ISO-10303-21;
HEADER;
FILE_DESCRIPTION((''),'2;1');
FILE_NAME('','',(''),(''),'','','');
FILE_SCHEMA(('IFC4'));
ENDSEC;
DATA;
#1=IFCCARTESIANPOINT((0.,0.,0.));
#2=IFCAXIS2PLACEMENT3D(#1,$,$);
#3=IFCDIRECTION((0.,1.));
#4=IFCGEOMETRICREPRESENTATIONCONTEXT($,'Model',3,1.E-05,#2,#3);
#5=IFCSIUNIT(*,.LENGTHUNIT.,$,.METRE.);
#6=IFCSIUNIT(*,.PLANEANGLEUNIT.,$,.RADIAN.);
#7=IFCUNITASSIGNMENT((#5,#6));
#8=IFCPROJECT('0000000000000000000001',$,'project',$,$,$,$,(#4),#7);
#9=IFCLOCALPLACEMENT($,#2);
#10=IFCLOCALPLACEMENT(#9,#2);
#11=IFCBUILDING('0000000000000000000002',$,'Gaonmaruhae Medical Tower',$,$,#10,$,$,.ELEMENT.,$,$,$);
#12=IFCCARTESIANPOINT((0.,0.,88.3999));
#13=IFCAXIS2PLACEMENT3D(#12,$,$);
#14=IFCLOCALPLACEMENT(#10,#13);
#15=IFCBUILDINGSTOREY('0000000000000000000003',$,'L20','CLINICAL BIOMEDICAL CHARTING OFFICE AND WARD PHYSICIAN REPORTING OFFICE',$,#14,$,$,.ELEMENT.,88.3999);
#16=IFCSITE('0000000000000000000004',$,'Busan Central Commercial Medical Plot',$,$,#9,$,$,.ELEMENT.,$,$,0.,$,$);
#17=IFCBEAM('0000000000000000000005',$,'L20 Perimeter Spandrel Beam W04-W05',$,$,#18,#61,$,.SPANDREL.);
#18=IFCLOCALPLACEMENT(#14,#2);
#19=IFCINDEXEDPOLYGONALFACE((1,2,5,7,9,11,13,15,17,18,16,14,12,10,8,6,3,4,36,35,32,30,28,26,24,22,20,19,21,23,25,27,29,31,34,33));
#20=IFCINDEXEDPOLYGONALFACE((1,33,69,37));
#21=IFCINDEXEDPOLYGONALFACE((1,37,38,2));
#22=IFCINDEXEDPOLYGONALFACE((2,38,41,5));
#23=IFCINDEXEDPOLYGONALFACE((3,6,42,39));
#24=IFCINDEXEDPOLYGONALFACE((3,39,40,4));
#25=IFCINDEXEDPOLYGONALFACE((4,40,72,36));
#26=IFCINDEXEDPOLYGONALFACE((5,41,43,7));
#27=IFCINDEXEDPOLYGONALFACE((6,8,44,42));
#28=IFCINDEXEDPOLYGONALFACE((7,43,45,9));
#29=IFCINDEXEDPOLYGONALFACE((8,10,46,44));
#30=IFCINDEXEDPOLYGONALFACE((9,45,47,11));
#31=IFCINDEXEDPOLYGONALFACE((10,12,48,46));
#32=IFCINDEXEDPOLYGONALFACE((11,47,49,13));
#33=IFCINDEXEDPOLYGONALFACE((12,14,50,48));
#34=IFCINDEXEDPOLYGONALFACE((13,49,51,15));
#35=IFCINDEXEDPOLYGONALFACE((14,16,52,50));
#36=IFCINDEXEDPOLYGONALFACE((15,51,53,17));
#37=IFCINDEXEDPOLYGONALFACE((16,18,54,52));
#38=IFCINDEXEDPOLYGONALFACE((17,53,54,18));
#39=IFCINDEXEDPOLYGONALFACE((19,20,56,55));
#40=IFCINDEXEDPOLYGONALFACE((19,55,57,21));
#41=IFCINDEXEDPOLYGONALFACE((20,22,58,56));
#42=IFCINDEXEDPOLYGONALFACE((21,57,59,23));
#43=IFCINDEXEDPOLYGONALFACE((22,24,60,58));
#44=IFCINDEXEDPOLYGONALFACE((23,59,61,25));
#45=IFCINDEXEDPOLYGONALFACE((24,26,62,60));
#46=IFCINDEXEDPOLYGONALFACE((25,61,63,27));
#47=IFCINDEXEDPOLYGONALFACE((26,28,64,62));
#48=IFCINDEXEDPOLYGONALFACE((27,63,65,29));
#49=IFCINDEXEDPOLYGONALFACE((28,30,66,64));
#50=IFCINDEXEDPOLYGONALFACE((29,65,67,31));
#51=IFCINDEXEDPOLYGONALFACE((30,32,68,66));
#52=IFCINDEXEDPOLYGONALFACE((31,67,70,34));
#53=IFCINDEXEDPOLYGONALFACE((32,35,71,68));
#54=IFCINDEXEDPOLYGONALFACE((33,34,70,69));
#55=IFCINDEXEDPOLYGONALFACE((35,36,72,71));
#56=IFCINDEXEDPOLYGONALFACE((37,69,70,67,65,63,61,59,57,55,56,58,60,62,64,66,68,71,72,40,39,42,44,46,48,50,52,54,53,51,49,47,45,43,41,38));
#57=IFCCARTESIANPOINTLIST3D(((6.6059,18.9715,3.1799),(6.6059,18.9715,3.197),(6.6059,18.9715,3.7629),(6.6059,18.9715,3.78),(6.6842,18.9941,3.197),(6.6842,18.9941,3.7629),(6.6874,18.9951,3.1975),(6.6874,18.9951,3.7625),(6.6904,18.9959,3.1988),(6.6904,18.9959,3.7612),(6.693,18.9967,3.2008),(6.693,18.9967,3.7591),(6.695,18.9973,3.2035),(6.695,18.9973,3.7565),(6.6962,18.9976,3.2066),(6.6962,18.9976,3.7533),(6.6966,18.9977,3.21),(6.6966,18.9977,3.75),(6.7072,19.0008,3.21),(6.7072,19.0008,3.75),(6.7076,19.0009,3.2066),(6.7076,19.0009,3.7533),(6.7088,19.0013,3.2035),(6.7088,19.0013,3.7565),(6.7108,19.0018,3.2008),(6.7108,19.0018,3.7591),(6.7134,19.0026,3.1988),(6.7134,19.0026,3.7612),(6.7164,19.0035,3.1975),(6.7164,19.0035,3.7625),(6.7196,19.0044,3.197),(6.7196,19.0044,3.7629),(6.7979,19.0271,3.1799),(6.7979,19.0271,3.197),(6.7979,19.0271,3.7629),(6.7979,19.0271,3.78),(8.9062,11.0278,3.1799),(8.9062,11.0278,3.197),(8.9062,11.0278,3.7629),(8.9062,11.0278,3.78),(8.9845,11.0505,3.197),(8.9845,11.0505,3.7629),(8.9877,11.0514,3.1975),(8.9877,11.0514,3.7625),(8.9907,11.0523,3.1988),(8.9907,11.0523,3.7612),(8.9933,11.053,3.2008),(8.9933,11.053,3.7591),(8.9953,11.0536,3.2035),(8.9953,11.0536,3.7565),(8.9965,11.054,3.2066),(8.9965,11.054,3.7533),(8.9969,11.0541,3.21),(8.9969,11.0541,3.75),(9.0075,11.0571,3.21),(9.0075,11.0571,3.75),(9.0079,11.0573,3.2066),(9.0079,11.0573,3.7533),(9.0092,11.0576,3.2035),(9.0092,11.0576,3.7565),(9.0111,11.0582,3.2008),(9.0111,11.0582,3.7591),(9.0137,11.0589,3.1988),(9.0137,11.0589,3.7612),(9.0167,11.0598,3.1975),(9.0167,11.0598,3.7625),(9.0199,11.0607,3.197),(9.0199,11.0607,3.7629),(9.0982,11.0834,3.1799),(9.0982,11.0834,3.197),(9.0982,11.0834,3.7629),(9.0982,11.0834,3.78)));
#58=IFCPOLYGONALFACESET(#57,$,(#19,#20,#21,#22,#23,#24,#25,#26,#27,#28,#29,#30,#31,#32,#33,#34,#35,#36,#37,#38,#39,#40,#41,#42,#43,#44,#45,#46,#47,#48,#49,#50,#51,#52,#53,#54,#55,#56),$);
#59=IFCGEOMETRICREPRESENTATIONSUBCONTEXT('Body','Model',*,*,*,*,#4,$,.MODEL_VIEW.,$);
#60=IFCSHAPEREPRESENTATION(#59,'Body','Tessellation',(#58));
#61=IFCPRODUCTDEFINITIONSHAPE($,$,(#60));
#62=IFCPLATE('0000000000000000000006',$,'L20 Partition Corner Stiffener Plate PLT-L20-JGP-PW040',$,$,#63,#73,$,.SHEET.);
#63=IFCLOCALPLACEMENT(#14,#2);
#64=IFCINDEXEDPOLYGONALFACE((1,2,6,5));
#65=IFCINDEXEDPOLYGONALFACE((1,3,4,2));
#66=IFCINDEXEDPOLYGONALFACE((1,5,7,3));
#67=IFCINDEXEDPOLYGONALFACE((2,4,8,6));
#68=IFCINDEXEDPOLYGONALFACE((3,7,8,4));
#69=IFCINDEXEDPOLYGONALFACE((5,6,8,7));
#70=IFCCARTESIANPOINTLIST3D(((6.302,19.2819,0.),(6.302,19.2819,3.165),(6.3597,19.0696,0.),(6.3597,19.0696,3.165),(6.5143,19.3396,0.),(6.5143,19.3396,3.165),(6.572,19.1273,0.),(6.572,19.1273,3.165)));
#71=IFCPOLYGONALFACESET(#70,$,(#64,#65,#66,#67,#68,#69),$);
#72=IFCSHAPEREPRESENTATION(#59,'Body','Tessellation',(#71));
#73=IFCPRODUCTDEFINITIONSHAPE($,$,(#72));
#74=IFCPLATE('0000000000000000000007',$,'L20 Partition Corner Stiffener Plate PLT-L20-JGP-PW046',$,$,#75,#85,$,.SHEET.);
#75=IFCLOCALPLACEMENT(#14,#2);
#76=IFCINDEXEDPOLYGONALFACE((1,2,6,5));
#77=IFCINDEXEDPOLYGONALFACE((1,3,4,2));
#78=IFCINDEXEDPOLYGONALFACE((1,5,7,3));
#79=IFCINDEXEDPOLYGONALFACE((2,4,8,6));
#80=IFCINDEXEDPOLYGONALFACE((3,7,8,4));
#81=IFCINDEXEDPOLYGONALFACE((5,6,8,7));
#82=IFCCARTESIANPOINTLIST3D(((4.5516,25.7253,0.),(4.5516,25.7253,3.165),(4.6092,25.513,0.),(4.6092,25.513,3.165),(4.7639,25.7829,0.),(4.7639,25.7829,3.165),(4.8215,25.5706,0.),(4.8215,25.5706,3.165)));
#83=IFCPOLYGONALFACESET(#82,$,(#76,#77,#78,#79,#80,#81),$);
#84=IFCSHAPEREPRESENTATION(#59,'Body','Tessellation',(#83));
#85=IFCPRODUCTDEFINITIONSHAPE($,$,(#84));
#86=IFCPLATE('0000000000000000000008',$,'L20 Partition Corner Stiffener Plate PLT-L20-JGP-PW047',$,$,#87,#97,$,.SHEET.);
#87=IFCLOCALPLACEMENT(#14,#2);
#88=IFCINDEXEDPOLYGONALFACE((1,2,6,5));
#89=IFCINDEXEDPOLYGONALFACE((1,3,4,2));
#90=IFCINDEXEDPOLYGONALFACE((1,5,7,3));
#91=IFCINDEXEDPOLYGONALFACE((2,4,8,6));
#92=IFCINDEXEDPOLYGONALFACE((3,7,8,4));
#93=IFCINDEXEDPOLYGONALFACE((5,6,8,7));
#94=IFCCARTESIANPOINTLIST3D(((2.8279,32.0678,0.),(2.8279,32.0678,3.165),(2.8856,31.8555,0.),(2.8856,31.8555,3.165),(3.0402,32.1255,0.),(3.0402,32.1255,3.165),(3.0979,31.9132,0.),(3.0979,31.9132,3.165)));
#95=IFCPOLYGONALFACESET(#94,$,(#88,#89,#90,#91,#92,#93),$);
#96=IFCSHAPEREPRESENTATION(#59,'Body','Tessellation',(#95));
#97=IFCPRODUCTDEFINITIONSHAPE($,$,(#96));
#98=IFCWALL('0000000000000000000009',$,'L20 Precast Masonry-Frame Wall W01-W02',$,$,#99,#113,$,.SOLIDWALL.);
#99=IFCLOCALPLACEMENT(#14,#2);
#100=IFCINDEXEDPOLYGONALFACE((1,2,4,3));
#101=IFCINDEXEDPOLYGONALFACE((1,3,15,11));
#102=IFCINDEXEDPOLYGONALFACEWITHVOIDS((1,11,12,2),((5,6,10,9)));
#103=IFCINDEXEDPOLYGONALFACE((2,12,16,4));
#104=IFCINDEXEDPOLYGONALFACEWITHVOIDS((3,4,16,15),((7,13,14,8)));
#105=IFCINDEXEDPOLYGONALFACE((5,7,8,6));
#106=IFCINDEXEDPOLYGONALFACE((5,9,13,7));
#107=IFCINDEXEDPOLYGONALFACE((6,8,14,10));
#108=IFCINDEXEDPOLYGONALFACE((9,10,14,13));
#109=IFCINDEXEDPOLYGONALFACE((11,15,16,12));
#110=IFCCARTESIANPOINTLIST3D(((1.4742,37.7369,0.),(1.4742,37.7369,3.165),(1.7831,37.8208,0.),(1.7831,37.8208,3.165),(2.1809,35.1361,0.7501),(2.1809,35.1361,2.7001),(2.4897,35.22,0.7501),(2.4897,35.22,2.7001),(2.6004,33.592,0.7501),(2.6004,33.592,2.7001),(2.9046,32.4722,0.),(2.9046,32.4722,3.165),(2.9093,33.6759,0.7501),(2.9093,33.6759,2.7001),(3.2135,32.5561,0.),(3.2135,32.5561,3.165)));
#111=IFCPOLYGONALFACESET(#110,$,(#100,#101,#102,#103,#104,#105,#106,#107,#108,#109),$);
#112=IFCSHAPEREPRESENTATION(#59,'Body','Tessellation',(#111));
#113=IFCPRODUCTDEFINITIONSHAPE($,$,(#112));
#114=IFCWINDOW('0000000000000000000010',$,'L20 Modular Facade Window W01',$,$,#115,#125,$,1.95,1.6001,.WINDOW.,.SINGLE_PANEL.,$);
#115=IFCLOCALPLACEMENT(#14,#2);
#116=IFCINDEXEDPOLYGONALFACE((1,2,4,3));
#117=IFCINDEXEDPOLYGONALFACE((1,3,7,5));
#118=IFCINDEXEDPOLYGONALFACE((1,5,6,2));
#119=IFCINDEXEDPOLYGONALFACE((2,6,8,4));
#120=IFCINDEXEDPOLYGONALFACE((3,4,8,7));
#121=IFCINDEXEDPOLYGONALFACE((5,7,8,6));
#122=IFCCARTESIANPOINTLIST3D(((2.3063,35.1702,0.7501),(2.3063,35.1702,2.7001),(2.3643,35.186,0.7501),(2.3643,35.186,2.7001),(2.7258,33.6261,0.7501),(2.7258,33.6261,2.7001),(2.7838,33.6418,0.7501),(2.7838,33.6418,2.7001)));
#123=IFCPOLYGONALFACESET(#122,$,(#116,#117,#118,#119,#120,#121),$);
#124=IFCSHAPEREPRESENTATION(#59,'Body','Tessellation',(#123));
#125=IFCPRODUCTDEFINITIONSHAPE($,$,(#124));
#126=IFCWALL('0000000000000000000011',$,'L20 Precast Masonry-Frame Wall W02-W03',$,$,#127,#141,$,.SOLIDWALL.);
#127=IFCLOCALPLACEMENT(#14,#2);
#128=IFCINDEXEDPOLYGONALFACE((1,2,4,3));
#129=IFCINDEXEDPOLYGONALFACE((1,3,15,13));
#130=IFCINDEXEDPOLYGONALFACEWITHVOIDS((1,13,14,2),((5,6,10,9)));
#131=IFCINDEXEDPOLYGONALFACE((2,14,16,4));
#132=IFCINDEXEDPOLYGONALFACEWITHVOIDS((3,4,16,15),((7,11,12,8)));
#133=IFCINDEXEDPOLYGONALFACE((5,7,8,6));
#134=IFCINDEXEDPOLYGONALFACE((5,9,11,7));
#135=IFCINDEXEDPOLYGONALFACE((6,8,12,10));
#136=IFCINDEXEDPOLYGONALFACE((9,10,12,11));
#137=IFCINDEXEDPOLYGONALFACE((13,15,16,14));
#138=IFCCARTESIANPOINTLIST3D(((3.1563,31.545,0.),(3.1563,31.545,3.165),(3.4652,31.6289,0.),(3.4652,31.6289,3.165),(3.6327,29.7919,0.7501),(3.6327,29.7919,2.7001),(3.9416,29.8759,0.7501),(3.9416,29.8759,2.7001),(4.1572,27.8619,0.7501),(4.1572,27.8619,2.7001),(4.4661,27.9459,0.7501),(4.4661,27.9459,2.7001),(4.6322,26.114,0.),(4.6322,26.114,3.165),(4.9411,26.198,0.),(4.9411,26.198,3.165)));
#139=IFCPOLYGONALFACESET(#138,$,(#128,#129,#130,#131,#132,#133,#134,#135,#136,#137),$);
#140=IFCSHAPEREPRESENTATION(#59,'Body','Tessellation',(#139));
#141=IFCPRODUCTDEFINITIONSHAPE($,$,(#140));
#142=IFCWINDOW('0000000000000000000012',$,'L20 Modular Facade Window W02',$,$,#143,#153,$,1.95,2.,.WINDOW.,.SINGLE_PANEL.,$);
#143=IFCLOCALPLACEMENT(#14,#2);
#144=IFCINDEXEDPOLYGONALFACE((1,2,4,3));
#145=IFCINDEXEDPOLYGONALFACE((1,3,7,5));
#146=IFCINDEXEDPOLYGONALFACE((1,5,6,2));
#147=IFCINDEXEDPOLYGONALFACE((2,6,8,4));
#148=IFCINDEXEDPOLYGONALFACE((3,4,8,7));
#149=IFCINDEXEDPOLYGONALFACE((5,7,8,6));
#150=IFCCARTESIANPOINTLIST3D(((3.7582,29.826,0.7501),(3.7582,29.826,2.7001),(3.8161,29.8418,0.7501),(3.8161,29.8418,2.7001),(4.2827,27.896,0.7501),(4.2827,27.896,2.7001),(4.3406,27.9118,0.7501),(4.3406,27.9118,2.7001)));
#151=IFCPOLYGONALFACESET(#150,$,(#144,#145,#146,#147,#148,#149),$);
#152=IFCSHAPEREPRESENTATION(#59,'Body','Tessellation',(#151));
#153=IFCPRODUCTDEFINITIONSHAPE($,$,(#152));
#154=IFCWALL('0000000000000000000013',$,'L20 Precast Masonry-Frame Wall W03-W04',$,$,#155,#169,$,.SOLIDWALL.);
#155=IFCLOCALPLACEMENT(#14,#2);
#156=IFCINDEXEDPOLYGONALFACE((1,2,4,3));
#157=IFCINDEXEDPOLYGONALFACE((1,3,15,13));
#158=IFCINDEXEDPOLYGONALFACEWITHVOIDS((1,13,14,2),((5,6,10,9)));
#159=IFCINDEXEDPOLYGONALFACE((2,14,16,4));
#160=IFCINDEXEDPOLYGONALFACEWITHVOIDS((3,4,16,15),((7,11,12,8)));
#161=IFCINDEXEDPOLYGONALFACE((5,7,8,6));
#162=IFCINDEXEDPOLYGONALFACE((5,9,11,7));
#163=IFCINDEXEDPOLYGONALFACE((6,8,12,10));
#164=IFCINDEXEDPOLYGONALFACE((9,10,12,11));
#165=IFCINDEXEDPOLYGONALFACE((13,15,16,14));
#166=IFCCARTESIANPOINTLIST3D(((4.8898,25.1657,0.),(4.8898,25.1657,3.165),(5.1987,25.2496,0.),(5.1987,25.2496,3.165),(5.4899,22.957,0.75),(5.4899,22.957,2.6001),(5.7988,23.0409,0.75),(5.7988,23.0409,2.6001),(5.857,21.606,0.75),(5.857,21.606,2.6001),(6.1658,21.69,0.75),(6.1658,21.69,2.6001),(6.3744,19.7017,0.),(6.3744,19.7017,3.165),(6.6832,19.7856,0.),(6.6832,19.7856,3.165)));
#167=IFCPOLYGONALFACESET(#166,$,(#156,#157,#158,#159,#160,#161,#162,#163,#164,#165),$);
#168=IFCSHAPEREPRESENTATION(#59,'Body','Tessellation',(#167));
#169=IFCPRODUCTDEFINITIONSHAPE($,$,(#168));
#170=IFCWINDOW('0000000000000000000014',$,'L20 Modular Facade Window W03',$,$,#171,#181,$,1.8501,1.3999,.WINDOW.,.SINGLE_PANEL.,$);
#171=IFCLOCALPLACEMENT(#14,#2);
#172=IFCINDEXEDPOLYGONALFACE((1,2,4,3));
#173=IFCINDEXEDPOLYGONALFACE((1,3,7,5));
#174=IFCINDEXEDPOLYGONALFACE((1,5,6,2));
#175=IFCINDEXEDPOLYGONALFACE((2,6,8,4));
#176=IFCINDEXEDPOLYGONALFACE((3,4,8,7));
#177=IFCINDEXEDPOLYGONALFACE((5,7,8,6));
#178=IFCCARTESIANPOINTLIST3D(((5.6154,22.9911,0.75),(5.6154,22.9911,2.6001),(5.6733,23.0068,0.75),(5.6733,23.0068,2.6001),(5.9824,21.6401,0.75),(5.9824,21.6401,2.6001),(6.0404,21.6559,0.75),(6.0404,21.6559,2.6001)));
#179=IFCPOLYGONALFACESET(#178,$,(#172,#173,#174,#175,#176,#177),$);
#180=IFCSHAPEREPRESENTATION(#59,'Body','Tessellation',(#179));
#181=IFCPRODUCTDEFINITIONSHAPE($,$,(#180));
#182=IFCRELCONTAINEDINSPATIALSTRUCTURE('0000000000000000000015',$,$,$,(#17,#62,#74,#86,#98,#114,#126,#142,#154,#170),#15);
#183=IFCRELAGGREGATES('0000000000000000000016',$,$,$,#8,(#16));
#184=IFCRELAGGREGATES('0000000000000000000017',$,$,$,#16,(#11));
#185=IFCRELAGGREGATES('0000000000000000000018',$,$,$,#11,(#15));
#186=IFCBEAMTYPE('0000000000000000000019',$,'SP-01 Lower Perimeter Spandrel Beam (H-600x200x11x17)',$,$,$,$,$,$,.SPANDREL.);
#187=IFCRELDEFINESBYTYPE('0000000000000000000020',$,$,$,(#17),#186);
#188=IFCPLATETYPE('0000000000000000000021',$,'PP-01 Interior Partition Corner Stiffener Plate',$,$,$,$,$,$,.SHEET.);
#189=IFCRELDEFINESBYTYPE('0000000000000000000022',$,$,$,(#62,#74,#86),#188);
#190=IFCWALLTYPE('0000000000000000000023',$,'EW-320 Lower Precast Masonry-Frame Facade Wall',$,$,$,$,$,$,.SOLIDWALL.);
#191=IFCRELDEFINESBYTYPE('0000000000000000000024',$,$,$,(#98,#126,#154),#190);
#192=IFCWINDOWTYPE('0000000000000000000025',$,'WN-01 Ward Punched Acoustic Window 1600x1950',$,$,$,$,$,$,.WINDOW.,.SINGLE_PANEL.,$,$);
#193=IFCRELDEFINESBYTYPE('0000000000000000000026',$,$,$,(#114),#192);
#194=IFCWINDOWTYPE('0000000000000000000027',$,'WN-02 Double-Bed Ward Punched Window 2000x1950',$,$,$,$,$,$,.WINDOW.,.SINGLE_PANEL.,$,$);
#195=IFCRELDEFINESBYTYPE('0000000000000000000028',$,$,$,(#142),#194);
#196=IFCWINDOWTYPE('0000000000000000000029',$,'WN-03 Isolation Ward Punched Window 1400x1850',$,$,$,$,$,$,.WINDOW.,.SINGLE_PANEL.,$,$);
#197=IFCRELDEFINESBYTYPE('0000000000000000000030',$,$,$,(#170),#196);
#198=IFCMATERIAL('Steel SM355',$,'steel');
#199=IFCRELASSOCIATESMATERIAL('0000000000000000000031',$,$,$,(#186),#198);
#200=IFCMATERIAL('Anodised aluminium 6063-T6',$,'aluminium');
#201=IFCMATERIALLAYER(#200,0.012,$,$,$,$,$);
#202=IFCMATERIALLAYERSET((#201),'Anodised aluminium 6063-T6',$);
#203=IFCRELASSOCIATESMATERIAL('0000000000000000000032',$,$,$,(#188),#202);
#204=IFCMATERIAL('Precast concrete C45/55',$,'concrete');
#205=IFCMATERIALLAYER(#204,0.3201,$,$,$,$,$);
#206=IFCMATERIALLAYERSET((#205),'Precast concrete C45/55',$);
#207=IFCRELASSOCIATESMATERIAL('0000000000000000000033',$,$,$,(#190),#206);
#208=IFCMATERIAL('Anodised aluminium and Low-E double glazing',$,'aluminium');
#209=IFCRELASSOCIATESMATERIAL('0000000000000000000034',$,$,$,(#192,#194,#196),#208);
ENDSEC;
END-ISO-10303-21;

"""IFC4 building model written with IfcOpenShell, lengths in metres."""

from ifc_helpers import new_model, si_unit, direction, frame, frame_2d, origin, origin_2d, place, context, subcontext, project, spatial, rectangle, i_section, extrude, material, layer, layer_set, material_profile, profile_set, type_object, element, fill, save


model = new_model("IFC4")

# Units and contexts
model_context = context("Model", 3, precision=1e-05, world=origin(), true_north=direction((0.0, 1.0)))
body_context = subcontext(model_context, "Body", "Model", "MODEL_VIEW")
ifc_project = project(units=[si_unit("LENGTHUNIT", "METRE"), si_unit("PLANEANGLEUNIT", "RADIAN")], contexts=[model_context])

# Site, building, storey
site_placement = place(None, origin())
site = spatial("IfcSite", under=ifc_project, at=site_placement, Name="Busan Central Commercial Medical Plot", CompositionType="ELEMENT", RefElevation=0.0)
building_placement = place(site_placement, origin())
building = spatial("IfcBuilding", under=site, at=building_placement, Name="Gaonmaruhae Medical Tower", CompositionType="ELEMENT")
storey_placement = place(building_placement, frame((0.0, 0.0, 88.3999)))
storey = spatial("IfcBuildingStorey", under=building, at=storey_placement, Name="L20", Description="CLINICAL BIOMEDICAL CHARTING OFFICE AND WARD PHYSICIAN REPORTING OFFICE", CompositionType="ELEMENT", Elevation=88.3999)

# Beam
ifc_material_1 = material(Name="Steel SM355", Category="steel")
ifc_material_profile_1 = material_profile(ifc_material_1, i_section(OverallWidth=0.2, OverallDepth=0.6001, WebThickness=0.011, FlangeThickness=0.0171, FilletRadius=0.0129, at=origin_2d()), Name="H-600x200x11x17")
ifc_profile_set_1 = profile_set([ifc_material_profile_1], Name="Steel SM355")
beam_type_1 = type_object("IfcBeamType", Name="SP-01 Lower Perimeter Spandrel Beam (H-600x200x11x17)", PredefinedType="SPANDREL", material=ifc_profile_set_1)
beam_1_placement = place(storey_placement, frame((6.7019, 18.9993, 3.48), z_axis=(0.278151, -0.960537, 0.0), x_axis=(0.960537, 0.278151, 0.0)))
element("IfcBeam", 1, at=beam_1_placement, inside=storey, type_object=beam_type_1, Name="L20 Perimeter Spandrel Beam W04-W05", PredefinedType="SPANDREL", context=body_context, shape_type="SweptSolid", body=[
    extrude(i_section(OverallWidth=0.2, OverallDepth=0.6001, WebThickness=0.011, FlangeThickness=0.0171, FilletRadius=0.0129, at=origin_2d()), origin(), (0.0, 0.0, 1.0), 8.27),
])

# Plates
ifc_material_2 = material(Name="Anodised aluminium 6063-T6", Category="aluminium")
ifc_layer_1 = layer(ifc_material_2, 0.012)
ifc_layer_set_1 = layer_set([ifc_layer_1], Name="Anodised aluminium 6063-T6")
plate_type = type_object("IfcPlateType", Name="PP-01 Interior Partition Corner Stiffener Plate", PredefinedType="SHEET", material=ifc_layer_set_1)
for number, where, z_axis, x_axis, name in (
    (2, (6.437, 19.2046, 0.0), (0.0, 0.0, 1.0), (-0.262172, 0.965021, 0.0), "L20 Partition Corner Stiffener Plate PLT-L20-JGP-PW040"),
    (3, (4.6865, 25.6479, 0.0), (0.0, 0.0, 1.0), (-0.261751, 0.965135, 0.0), "L20 Partition Corner Stiffener Plate PLT-L20-JGP-PW046"),
    (4, (2.9629, 31.9905, 0.0), (0.0, 0.0, 1.0), (-0.262324, 0.96498, 0.0), "L20 Partition Corner Stiffener Plate PLT-L20-JGP-PW047"),
):
    element("IfcPlate", number, at=place(storey_placement, frame(where, z_axis=z_axis, x_axis=x_axis)), inside=storey, type_object=plate_type, Name=name, PredefinedType="SHEET", context=body_context, shape_type="SweptSolid", body=[
        extrude(rectangle(XDim=0.22, YDim=0.22, at=origin_2d()), origin(), (0.0, 0.0, 1.0), 3.165),
    ])

# Walls, openings, windows
ifc_material_3 = material(Name="Precast concrete C45/55", Category="concrete")
ifc_layer_2 = layer(ifc_material_3, 0.3201)
ifc_layer_set_2 = layer_set([ifc_layer_2], Name="Precast concrete C45/55")
wall_type_1 = type_object("IfcWallType", Name="EW-320 Lower Precast Masonry-Frame Facade Wall", PredefinedType="SOLIDWALL", material=ifc_layer_set_2)
wall_1_placement = place(storey_placement, frame((3.0591, 32.5142, 0.0), z_axis=(0.0, 0.0, 1.0), x_axis=(-0.262197, 0.965014, 0.0)))
wall_1 = element("IfcWall", 5, at=wall_1_placement, inside=storey, type_object=wall_type_1, Name="L20 Precast Masonry-Frame Wall W01-W02", PredefinedType="SOLIDWALL", context=body_context, shape_type="SweptSolid", body=[
    extrude(rectangle(XDim=5.4556, YDim=0.3201, at=frame_2d((2.7278, 0.0))), origin(), (0.0, 0.0, 1.0), 3.165),
])
opening_1_placement = place(wall_1_placement, frame((1.1604, 0.0, 0.75)))
opening_1 = element("IfcOpeningElement", 6, at=opening_1_placement, cuts=wall_1, PredefinedType="OPENING", context=body_context, shape_type="SweptSolid", body=[
    extrude(rectangle(XDim=1.6001, YDim=1.95, at=frame_2d((0.8, 0.9751))), frame((0.0, 0.1699, 0.0), z_axis=(0.0, -1.0, 0.0), x_axis=(1.0, 0.0, 0.0)), (0.0, 0.0, 1.0), 0.3401),
])
ifc_material_4 = material(Name="Anodised aluminium and Low-E double glazing", Category="aluminium")
window_type_1 = type_object("IfcWindowType", Name="WN-01 Ward Punched Acoustic Window 1600x1950", PartitioningType="SINGLE_PANEL", PredefinedType="WINDOW", material=ifc_material_4)
window_1_placement = place(opening_1_placement, origin())
window_1 = element("IfcWindow", 7, at=window_1_placement, inside=storey, type_object=window_type_1, Name="L20 Modular Facade Window W01", OverallHeight=1.95, OverallWidth=1.6001, PartitioningType="SINGLE_PANEL", PredefinedType="WINDOW", context=body_context, shape_type="SweptSolid", body=[
    extrude(rectangle(XDim=1.6001, YDim=1.95, at=frame_2d((0.8, 0.9751))), frame((0.0, 0.03, 0.0), z_axis=(0.0, -1.0, 0.0), x_axis=(1.0, 0.0, 0.0)), (0.0, 0.0, 1.0), 0.0601),
])
fill(opening_1, window_1)
wall_2_placement = place(storey_placement, frame((4.7866, 26.156, 0.0), z_axis=(0.0, 0.0, 1.0), x_axis=(-0.262236, 0.965004, 0.0)))
wall_2 = element("IfcWall", 8, at=wall_2_placement, inside=storey, type_object=wall_type_1, Name="L20 Precast Masonry-Frame Wall W02-W03", PredefinedType="SOLIDWALL", context=body_context, shape_type="SweptSolid", body=[
    extrude(rectangle(XDim=5.6279, YDim=0.3201, at=frame_2d((2.814, 0.0))), origin(), (0.0, 0.0, 1.0), 3.165),
])
opening_2_placement = place(wall_2_placement, frame((1.8113, 0.0, 0.75)))
opening_2 = element("IfcOpeningElement", 9, at=opening_2_placement, cuts=wall_2, PredefinedType="OPENING", context=body_context, shape_type="SweptSolid", body=[
    extrude(rectangle(XDim=2.0, YDim=1.95, at=frame_2d((1.0, 0.9751))), frame((0.0, 0.1699, 0.0), z_axis=(0.0, -1.0, 0.0), x_axis=(1.0, 0.0, 0.0)), (0.0, 0.0, 1.0), 0.3401),
])
window_type_2 = type_object("IfcWindowType", Name="WN-02 Double-Bed Ward Punched Window 2000x1950", PartitioningType="SINGLE_PANEL", PredefinedType="WINDOW", material=ifc_material_4)
window_2_placement = place(opening_2_placement, origin())
window_2 = element("IfcWindow", 10, at=window_2_placement, inside=storey, type_object=window_type_2, Name="L20 Modular Facade Window W02", OverallHeight=1.95, OverallWidth=2.0, PartitioningType="SINGLE_PANEL", PredefinedType="WINDOW", context=body_context, shape_type="SweptSolid", body=[
    extrude(rectangle(XDim=2.0, YDim=1.95, at=frame_2d((1.0, 0.9751))), frame((0.0, 0.03, 0.0), z_axis=(0.0, -1.0, 0.0), x_axis=(1.0, 0.0, 0.0)), (0.0, 0.0, 1.0), 0.0601),
])
fill(opening_2, window_2)
wall_3_placement = place(storey_placement, frame((6.5288, 19.7437, 0.0), z_axis=(0.0, 0.0, 1.0), x_axis=(-0.262198, 0.965014, 0.0)))
wall_3 = element("IfcWall", 11, at=wall_3_placement, inside=storey, type_object=wall_type_1, Name="L20 Precast Masonry-Frame Wall W03-W04", PredefinedType="SOLIDWALL", context=body_context, shape_type="SweptSolid", body=[
    extrude(rectangle(XDim=5.6621, YDim=0.3201, at=frame_2d((2.8311, 0.0))), origin(), (0.0, 0.0, 1.0), 3.165),
])
opening_3_placement = place(wall_3_placement, frame((1.9734, 0.0, 0.75)))
opening_3 = element("IfcOpeningElement", 12, at=opening_3_placement, cuts=wall_3, PredefinedType="OPENING", context=body_context, shape_type="SweptSolid", body=[
    extrude(rectangle(XDim=1.3999, YDim=1.8501, at=frame_2d((0.7, 0.925))), frame((0.0, 0.1699, 0.0), z_axis=(0.0, -1.0, 0.0), x_axis=(1.0, 0.0, 0.0)), (0.0, 0.0, 1.0), 0.3401),
])
window_type_3 = type_object("IfcWindowType", Name="WN-03 Isolation Ward Punched Window 1400x1850", PartitioningType="SINGLE_PANEL", PredefinedType="WINDOW", material=ifc_material_4)
window_3_placement = place(opening_3_placement, origin())
window_3 = element("IfcWindow", 13, at=window_3_placement, inside=storey, type_object=window_type_3, Name="L20 Modular Facade Window W03", OverallHeight=1.8501, OverallWidth=1.3999, PartitioningType="SINGLE_PANEL", PredefinedType="WINDOW", context=body_context, shape_type="SweptSolid", body=[
    extrude(rectangle(XDim=1.3999, YDim=1.8501, at=frame_2d((0.7, 0.925))), frame((0.0, 0.03, 0.0), z_axis=(0.0, -1.0, 0.0), x_axis=(1.0, 0.0, 0.0)), (0.0, 0.0, 1.0), 0.0601),
])
fill(opening_3, window_3)

save(model, "model.ifc")
